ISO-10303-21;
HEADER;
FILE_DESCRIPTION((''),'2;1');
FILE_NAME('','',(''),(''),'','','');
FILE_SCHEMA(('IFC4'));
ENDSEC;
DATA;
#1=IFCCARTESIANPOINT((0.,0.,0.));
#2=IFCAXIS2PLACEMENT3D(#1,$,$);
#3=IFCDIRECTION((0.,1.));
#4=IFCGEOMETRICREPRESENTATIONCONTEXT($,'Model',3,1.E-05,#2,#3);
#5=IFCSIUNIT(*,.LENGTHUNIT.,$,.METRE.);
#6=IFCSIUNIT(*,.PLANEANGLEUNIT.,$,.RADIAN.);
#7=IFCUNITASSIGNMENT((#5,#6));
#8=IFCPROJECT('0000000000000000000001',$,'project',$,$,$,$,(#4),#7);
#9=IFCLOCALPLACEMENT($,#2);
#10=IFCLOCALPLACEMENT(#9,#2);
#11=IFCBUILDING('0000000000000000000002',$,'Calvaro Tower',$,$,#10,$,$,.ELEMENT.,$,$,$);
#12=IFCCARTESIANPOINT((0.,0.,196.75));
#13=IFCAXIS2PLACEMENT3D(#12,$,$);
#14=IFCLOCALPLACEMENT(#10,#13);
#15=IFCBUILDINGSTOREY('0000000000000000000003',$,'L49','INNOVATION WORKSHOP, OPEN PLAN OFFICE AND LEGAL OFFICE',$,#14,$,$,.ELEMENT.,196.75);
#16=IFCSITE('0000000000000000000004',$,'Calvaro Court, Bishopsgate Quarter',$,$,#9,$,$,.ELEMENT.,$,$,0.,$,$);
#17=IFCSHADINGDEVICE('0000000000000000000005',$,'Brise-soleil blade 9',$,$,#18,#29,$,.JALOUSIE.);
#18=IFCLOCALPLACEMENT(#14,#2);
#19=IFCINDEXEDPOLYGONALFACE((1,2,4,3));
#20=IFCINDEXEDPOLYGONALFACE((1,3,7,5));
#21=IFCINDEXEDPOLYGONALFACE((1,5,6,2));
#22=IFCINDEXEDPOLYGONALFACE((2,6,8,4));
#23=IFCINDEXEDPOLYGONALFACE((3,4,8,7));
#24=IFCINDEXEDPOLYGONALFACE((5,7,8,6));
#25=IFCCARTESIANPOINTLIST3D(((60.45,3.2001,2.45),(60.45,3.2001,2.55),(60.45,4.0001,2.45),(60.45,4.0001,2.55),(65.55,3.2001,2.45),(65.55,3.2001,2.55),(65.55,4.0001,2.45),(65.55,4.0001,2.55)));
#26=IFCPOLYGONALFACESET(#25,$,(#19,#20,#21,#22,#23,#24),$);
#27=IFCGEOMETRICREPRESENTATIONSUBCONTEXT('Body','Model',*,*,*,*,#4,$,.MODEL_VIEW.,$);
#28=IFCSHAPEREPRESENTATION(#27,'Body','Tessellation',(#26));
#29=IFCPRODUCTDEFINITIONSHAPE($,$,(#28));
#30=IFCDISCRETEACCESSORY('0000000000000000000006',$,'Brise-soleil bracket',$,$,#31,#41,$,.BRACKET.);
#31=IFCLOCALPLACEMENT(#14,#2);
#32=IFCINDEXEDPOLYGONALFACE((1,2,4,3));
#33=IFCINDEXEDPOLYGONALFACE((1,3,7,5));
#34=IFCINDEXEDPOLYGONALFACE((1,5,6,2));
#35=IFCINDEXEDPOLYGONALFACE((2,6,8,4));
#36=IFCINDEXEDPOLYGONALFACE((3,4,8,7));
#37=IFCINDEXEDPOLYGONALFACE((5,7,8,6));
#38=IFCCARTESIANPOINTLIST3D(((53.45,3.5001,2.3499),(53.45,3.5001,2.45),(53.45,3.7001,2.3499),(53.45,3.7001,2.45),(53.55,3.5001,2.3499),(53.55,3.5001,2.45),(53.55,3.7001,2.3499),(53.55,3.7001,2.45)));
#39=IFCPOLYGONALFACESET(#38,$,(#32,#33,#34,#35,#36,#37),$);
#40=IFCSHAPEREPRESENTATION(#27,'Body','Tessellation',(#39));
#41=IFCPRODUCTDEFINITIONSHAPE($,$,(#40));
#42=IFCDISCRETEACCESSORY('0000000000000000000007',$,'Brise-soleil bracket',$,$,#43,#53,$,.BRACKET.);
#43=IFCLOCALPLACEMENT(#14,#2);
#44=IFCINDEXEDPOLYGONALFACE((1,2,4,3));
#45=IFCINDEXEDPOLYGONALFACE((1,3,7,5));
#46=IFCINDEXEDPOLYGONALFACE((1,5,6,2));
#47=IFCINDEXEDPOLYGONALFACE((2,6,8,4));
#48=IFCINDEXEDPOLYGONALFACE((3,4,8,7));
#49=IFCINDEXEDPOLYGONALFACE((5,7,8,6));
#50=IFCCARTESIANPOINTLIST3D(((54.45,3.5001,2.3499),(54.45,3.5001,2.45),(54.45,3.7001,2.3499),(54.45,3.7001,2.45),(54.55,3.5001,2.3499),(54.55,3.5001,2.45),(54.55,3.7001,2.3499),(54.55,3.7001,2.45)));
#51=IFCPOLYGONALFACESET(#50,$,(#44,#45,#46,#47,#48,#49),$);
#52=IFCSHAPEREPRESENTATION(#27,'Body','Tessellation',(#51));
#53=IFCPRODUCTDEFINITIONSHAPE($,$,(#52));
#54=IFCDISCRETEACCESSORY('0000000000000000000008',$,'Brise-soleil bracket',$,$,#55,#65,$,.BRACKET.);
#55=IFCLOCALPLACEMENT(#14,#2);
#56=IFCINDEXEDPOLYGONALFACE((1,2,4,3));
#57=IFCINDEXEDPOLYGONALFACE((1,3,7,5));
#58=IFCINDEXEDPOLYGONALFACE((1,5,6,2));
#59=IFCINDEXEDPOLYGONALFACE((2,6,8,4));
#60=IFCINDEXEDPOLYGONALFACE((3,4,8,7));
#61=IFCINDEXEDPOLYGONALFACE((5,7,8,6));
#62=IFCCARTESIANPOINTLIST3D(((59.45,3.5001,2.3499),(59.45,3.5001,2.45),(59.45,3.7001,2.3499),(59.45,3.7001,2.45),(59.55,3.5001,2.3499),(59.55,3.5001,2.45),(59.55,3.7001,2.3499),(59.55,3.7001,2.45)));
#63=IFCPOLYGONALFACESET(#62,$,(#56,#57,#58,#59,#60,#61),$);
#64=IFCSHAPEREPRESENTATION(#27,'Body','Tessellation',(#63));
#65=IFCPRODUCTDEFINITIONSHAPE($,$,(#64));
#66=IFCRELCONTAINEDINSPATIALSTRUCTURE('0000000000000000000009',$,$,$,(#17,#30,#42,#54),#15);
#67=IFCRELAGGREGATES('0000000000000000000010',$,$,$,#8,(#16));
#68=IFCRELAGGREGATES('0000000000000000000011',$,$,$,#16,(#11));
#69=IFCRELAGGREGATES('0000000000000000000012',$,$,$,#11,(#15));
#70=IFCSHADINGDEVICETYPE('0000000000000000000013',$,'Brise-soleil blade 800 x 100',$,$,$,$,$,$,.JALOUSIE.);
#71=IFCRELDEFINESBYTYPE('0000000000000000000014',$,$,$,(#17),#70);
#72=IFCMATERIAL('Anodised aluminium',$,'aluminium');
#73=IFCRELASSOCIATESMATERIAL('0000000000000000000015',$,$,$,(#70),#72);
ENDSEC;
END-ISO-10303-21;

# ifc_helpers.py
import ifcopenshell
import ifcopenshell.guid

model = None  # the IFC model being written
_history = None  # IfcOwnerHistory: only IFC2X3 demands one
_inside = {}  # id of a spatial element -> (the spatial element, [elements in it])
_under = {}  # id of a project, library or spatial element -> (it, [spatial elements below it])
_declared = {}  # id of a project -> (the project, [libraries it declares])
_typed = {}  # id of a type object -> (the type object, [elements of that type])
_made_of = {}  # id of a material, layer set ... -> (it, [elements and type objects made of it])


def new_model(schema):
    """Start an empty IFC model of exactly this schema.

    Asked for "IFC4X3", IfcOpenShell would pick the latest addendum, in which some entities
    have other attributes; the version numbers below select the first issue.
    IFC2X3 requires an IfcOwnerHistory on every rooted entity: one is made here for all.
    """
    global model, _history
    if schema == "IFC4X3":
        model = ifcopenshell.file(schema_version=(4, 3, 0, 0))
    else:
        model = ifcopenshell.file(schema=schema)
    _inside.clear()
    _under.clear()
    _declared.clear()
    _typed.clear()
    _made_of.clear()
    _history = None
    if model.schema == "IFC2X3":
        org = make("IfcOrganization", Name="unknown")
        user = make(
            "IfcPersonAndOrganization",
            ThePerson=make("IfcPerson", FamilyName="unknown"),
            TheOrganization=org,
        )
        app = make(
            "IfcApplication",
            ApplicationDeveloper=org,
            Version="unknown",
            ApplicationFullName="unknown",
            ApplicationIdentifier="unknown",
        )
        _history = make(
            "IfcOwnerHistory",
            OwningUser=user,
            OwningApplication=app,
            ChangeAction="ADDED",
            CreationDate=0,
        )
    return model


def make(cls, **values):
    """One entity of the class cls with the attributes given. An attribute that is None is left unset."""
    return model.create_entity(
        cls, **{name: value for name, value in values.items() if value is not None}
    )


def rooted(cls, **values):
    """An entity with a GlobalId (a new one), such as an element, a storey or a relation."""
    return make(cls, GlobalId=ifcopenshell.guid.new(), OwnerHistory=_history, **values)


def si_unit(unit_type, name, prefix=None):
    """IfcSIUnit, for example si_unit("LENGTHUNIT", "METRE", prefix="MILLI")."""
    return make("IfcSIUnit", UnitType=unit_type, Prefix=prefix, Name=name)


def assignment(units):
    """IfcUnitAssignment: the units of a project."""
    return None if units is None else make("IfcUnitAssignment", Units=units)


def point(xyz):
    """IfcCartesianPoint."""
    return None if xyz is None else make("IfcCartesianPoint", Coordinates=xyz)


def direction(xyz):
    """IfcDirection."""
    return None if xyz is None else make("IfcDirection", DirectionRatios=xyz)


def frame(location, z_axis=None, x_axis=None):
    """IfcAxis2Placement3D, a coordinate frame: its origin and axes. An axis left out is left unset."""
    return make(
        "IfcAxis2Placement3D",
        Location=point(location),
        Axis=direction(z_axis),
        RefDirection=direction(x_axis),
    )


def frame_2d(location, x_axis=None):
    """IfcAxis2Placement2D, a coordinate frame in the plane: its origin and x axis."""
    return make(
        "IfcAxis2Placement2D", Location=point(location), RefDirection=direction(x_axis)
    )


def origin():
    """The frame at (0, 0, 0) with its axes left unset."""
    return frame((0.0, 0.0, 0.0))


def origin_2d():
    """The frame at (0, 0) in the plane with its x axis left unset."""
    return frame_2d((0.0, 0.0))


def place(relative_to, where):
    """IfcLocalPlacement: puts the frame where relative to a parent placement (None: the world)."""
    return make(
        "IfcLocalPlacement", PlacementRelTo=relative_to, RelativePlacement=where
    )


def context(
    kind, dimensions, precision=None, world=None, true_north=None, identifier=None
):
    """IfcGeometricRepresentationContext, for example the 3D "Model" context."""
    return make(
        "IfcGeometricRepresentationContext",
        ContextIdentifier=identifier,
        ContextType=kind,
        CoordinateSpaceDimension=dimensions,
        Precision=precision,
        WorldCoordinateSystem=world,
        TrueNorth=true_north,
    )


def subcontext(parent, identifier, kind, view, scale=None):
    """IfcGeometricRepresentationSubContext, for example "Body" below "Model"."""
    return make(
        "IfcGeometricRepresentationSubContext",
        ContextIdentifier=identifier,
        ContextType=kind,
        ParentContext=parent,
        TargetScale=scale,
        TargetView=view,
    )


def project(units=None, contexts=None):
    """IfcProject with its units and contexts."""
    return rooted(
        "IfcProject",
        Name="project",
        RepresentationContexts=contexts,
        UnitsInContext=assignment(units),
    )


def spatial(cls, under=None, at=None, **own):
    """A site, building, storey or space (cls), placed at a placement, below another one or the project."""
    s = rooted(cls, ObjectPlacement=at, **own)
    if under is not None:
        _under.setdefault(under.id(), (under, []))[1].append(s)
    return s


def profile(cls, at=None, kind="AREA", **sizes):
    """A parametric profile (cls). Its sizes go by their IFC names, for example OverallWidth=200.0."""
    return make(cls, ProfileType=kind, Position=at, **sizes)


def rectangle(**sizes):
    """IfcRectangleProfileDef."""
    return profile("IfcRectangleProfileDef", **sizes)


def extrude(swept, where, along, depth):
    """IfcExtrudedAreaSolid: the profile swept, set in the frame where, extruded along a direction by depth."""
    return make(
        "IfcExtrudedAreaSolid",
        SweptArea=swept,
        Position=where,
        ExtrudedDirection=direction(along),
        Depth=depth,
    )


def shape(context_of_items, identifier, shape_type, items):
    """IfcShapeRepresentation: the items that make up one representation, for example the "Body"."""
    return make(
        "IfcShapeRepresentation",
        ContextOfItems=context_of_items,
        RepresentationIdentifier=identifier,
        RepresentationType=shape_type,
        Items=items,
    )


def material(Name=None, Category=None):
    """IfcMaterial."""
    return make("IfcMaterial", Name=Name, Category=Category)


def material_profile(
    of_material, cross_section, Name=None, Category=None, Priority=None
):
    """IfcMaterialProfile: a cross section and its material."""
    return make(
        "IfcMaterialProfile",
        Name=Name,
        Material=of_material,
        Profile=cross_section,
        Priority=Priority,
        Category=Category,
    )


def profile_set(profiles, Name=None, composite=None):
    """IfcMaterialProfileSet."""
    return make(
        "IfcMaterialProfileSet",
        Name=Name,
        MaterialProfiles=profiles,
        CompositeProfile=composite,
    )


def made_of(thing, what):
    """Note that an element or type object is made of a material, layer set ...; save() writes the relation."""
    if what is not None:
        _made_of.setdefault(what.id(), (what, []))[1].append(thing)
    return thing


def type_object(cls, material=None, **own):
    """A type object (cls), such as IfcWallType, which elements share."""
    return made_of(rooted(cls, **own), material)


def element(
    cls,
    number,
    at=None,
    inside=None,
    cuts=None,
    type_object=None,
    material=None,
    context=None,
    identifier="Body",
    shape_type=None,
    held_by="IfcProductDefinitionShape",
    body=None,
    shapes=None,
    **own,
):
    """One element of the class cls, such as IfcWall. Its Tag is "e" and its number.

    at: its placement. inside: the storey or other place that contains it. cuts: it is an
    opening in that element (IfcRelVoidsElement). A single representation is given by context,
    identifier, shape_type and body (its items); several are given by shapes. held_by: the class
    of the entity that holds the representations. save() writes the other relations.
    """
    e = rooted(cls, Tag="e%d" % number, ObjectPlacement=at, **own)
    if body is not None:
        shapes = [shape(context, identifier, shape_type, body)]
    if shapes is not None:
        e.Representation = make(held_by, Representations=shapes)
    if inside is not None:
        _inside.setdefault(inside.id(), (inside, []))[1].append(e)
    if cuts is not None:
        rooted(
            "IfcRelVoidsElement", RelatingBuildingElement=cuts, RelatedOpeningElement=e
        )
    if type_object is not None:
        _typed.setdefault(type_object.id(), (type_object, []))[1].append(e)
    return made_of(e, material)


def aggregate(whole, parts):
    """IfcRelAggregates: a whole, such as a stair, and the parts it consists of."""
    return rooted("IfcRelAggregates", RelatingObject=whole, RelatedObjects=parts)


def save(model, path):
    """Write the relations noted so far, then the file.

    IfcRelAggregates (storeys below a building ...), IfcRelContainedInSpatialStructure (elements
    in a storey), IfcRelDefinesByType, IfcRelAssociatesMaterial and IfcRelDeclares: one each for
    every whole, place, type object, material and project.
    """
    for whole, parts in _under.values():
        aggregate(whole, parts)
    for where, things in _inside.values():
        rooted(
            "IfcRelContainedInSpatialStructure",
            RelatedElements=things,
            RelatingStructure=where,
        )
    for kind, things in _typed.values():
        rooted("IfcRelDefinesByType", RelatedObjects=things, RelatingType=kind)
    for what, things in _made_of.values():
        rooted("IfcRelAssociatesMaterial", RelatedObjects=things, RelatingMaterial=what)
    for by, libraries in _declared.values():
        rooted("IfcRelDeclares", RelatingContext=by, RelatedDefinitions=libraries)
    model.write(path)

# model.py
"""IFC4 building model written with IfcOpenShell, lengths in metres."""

from ifc_helpers import new_model, si_unit, direction, frame, origin, origin_2d, place, context, subcontext, project, spatial, rectangle, extrude, material, material_profile, profile_set, type_object, element, save


model = new_model("IFC4")

# Units and contexts
model_context = context("Model", 3, precision=1e-05, world=origin(), true_north=direction((0.0, 1.0)))
body_context = subcontext(model_context, "Body", "Model", "MODEL_VIEW")
ifc_project = project(units=[si_unit("LENGTHUNIT", "METRE"), si_unit("PLANEANGLEUNIT", "RADIAN")], contexts=[model_context])

# Site, building, storey
site_placement = place(None, origin())
site = spatial("IfcSite", under=ifc_project, at=site_placement, Name="Calvaro Court, Bishopsgate Quarter", CompositionType="ELEMENT", RefElevation=0.0)
building_placement = place(site_placement, origin())
building = spatial("IfcBuilding", under=site, at=building_placement, Name="Calvaro Tower", CompositionType="ELEMENT")
storey_placement = place(building_placement, frame((0.0, 0.0, 196.75)))
storey = spatial("IfcBuildingStorey", under=building, at=storey_placement, Name="L49", Description="INNOVATION WORKSHOP, OPEN PLAN OFFICE AND LEGAL OFFICE", CompositionType="ELEMENT", Elevation=196.75)

# Shading device
ifc_material_1 = material(Name="Anodised aluminium", Category="aluminium")
ifc_material_profile_1 = material_profile(ifc_material_1, rectangle(XDim=0.8, YDim=0.1001, at=origin_2d()), Name="Brise-soleil blade 800 x 100")
ifc_profile_set_1 = profile_set([ifc_material_profile_1], Name="Anodised aluminium")
shading_device_type = type_object("IfcShadingDeviceType", Name="Brise-soleil blade 800 x 100", PredefinedType="JALOUSIE", material=ifc_profile_set_1)
for number, where, z_axis, x_axis, name in (
    (1, (60.45, 3.6001, 2.5), (1.0, 0.0, 0.0), (0.0, 1.0, 0.0), "Brise-soleil blade 9"),
):
    element("IfcShadingDevice", number, at=place(storey_placement, frame(where, z_axis=z_axis, x_axis=x_axis)), inside=storey, type_object=shading_device_type, Name=name, PredefinedType="JALOUSIE", context=body_context, shape_type="SweptSolid", body=[
        extrude(rectangle(XDim=0.8, YDim=0.1001, at=origin_2d()), origin(), (0.0, 0.0, 1.0), 5.1001),
    ])

# Discrete accessories
for number, where, z_axis, x_axis, name in (
    (2, (53.5, 3.6001, 2.3499), (0.0, 0.0, 1.0), (1.0, 0.0, 0.0), "Brise-soleil bracket"),
    (3, (54.5, 3.6001, 2.3499), (0.0, 0.0, 1.0), (1.0, 0.0, 0.0), "Brise-soleil bracket"),
    (4, (59.5, 3.6001, 2.3499), (0.0, 0.0, 1.0), (1.0, 0.0, 0.0), "Brise-soleil bracket"),
):
    element("IfcDiscreteAccessory", number, at=place(storey_placement, frame(where, z_axis=z_axis, x_axis=x_axis)), inside=storey, Name=name, PredefinedType="BRACKET", context=body_context, shape_type="SweptSolid", body=[
        extrude(rectangle(XDim=0.1001, YDim=0.2, at=origin_2d()), origin(), (0.0, 0.0, 1.0), 0.1001),
    ])

save(model, "model.ifc")
